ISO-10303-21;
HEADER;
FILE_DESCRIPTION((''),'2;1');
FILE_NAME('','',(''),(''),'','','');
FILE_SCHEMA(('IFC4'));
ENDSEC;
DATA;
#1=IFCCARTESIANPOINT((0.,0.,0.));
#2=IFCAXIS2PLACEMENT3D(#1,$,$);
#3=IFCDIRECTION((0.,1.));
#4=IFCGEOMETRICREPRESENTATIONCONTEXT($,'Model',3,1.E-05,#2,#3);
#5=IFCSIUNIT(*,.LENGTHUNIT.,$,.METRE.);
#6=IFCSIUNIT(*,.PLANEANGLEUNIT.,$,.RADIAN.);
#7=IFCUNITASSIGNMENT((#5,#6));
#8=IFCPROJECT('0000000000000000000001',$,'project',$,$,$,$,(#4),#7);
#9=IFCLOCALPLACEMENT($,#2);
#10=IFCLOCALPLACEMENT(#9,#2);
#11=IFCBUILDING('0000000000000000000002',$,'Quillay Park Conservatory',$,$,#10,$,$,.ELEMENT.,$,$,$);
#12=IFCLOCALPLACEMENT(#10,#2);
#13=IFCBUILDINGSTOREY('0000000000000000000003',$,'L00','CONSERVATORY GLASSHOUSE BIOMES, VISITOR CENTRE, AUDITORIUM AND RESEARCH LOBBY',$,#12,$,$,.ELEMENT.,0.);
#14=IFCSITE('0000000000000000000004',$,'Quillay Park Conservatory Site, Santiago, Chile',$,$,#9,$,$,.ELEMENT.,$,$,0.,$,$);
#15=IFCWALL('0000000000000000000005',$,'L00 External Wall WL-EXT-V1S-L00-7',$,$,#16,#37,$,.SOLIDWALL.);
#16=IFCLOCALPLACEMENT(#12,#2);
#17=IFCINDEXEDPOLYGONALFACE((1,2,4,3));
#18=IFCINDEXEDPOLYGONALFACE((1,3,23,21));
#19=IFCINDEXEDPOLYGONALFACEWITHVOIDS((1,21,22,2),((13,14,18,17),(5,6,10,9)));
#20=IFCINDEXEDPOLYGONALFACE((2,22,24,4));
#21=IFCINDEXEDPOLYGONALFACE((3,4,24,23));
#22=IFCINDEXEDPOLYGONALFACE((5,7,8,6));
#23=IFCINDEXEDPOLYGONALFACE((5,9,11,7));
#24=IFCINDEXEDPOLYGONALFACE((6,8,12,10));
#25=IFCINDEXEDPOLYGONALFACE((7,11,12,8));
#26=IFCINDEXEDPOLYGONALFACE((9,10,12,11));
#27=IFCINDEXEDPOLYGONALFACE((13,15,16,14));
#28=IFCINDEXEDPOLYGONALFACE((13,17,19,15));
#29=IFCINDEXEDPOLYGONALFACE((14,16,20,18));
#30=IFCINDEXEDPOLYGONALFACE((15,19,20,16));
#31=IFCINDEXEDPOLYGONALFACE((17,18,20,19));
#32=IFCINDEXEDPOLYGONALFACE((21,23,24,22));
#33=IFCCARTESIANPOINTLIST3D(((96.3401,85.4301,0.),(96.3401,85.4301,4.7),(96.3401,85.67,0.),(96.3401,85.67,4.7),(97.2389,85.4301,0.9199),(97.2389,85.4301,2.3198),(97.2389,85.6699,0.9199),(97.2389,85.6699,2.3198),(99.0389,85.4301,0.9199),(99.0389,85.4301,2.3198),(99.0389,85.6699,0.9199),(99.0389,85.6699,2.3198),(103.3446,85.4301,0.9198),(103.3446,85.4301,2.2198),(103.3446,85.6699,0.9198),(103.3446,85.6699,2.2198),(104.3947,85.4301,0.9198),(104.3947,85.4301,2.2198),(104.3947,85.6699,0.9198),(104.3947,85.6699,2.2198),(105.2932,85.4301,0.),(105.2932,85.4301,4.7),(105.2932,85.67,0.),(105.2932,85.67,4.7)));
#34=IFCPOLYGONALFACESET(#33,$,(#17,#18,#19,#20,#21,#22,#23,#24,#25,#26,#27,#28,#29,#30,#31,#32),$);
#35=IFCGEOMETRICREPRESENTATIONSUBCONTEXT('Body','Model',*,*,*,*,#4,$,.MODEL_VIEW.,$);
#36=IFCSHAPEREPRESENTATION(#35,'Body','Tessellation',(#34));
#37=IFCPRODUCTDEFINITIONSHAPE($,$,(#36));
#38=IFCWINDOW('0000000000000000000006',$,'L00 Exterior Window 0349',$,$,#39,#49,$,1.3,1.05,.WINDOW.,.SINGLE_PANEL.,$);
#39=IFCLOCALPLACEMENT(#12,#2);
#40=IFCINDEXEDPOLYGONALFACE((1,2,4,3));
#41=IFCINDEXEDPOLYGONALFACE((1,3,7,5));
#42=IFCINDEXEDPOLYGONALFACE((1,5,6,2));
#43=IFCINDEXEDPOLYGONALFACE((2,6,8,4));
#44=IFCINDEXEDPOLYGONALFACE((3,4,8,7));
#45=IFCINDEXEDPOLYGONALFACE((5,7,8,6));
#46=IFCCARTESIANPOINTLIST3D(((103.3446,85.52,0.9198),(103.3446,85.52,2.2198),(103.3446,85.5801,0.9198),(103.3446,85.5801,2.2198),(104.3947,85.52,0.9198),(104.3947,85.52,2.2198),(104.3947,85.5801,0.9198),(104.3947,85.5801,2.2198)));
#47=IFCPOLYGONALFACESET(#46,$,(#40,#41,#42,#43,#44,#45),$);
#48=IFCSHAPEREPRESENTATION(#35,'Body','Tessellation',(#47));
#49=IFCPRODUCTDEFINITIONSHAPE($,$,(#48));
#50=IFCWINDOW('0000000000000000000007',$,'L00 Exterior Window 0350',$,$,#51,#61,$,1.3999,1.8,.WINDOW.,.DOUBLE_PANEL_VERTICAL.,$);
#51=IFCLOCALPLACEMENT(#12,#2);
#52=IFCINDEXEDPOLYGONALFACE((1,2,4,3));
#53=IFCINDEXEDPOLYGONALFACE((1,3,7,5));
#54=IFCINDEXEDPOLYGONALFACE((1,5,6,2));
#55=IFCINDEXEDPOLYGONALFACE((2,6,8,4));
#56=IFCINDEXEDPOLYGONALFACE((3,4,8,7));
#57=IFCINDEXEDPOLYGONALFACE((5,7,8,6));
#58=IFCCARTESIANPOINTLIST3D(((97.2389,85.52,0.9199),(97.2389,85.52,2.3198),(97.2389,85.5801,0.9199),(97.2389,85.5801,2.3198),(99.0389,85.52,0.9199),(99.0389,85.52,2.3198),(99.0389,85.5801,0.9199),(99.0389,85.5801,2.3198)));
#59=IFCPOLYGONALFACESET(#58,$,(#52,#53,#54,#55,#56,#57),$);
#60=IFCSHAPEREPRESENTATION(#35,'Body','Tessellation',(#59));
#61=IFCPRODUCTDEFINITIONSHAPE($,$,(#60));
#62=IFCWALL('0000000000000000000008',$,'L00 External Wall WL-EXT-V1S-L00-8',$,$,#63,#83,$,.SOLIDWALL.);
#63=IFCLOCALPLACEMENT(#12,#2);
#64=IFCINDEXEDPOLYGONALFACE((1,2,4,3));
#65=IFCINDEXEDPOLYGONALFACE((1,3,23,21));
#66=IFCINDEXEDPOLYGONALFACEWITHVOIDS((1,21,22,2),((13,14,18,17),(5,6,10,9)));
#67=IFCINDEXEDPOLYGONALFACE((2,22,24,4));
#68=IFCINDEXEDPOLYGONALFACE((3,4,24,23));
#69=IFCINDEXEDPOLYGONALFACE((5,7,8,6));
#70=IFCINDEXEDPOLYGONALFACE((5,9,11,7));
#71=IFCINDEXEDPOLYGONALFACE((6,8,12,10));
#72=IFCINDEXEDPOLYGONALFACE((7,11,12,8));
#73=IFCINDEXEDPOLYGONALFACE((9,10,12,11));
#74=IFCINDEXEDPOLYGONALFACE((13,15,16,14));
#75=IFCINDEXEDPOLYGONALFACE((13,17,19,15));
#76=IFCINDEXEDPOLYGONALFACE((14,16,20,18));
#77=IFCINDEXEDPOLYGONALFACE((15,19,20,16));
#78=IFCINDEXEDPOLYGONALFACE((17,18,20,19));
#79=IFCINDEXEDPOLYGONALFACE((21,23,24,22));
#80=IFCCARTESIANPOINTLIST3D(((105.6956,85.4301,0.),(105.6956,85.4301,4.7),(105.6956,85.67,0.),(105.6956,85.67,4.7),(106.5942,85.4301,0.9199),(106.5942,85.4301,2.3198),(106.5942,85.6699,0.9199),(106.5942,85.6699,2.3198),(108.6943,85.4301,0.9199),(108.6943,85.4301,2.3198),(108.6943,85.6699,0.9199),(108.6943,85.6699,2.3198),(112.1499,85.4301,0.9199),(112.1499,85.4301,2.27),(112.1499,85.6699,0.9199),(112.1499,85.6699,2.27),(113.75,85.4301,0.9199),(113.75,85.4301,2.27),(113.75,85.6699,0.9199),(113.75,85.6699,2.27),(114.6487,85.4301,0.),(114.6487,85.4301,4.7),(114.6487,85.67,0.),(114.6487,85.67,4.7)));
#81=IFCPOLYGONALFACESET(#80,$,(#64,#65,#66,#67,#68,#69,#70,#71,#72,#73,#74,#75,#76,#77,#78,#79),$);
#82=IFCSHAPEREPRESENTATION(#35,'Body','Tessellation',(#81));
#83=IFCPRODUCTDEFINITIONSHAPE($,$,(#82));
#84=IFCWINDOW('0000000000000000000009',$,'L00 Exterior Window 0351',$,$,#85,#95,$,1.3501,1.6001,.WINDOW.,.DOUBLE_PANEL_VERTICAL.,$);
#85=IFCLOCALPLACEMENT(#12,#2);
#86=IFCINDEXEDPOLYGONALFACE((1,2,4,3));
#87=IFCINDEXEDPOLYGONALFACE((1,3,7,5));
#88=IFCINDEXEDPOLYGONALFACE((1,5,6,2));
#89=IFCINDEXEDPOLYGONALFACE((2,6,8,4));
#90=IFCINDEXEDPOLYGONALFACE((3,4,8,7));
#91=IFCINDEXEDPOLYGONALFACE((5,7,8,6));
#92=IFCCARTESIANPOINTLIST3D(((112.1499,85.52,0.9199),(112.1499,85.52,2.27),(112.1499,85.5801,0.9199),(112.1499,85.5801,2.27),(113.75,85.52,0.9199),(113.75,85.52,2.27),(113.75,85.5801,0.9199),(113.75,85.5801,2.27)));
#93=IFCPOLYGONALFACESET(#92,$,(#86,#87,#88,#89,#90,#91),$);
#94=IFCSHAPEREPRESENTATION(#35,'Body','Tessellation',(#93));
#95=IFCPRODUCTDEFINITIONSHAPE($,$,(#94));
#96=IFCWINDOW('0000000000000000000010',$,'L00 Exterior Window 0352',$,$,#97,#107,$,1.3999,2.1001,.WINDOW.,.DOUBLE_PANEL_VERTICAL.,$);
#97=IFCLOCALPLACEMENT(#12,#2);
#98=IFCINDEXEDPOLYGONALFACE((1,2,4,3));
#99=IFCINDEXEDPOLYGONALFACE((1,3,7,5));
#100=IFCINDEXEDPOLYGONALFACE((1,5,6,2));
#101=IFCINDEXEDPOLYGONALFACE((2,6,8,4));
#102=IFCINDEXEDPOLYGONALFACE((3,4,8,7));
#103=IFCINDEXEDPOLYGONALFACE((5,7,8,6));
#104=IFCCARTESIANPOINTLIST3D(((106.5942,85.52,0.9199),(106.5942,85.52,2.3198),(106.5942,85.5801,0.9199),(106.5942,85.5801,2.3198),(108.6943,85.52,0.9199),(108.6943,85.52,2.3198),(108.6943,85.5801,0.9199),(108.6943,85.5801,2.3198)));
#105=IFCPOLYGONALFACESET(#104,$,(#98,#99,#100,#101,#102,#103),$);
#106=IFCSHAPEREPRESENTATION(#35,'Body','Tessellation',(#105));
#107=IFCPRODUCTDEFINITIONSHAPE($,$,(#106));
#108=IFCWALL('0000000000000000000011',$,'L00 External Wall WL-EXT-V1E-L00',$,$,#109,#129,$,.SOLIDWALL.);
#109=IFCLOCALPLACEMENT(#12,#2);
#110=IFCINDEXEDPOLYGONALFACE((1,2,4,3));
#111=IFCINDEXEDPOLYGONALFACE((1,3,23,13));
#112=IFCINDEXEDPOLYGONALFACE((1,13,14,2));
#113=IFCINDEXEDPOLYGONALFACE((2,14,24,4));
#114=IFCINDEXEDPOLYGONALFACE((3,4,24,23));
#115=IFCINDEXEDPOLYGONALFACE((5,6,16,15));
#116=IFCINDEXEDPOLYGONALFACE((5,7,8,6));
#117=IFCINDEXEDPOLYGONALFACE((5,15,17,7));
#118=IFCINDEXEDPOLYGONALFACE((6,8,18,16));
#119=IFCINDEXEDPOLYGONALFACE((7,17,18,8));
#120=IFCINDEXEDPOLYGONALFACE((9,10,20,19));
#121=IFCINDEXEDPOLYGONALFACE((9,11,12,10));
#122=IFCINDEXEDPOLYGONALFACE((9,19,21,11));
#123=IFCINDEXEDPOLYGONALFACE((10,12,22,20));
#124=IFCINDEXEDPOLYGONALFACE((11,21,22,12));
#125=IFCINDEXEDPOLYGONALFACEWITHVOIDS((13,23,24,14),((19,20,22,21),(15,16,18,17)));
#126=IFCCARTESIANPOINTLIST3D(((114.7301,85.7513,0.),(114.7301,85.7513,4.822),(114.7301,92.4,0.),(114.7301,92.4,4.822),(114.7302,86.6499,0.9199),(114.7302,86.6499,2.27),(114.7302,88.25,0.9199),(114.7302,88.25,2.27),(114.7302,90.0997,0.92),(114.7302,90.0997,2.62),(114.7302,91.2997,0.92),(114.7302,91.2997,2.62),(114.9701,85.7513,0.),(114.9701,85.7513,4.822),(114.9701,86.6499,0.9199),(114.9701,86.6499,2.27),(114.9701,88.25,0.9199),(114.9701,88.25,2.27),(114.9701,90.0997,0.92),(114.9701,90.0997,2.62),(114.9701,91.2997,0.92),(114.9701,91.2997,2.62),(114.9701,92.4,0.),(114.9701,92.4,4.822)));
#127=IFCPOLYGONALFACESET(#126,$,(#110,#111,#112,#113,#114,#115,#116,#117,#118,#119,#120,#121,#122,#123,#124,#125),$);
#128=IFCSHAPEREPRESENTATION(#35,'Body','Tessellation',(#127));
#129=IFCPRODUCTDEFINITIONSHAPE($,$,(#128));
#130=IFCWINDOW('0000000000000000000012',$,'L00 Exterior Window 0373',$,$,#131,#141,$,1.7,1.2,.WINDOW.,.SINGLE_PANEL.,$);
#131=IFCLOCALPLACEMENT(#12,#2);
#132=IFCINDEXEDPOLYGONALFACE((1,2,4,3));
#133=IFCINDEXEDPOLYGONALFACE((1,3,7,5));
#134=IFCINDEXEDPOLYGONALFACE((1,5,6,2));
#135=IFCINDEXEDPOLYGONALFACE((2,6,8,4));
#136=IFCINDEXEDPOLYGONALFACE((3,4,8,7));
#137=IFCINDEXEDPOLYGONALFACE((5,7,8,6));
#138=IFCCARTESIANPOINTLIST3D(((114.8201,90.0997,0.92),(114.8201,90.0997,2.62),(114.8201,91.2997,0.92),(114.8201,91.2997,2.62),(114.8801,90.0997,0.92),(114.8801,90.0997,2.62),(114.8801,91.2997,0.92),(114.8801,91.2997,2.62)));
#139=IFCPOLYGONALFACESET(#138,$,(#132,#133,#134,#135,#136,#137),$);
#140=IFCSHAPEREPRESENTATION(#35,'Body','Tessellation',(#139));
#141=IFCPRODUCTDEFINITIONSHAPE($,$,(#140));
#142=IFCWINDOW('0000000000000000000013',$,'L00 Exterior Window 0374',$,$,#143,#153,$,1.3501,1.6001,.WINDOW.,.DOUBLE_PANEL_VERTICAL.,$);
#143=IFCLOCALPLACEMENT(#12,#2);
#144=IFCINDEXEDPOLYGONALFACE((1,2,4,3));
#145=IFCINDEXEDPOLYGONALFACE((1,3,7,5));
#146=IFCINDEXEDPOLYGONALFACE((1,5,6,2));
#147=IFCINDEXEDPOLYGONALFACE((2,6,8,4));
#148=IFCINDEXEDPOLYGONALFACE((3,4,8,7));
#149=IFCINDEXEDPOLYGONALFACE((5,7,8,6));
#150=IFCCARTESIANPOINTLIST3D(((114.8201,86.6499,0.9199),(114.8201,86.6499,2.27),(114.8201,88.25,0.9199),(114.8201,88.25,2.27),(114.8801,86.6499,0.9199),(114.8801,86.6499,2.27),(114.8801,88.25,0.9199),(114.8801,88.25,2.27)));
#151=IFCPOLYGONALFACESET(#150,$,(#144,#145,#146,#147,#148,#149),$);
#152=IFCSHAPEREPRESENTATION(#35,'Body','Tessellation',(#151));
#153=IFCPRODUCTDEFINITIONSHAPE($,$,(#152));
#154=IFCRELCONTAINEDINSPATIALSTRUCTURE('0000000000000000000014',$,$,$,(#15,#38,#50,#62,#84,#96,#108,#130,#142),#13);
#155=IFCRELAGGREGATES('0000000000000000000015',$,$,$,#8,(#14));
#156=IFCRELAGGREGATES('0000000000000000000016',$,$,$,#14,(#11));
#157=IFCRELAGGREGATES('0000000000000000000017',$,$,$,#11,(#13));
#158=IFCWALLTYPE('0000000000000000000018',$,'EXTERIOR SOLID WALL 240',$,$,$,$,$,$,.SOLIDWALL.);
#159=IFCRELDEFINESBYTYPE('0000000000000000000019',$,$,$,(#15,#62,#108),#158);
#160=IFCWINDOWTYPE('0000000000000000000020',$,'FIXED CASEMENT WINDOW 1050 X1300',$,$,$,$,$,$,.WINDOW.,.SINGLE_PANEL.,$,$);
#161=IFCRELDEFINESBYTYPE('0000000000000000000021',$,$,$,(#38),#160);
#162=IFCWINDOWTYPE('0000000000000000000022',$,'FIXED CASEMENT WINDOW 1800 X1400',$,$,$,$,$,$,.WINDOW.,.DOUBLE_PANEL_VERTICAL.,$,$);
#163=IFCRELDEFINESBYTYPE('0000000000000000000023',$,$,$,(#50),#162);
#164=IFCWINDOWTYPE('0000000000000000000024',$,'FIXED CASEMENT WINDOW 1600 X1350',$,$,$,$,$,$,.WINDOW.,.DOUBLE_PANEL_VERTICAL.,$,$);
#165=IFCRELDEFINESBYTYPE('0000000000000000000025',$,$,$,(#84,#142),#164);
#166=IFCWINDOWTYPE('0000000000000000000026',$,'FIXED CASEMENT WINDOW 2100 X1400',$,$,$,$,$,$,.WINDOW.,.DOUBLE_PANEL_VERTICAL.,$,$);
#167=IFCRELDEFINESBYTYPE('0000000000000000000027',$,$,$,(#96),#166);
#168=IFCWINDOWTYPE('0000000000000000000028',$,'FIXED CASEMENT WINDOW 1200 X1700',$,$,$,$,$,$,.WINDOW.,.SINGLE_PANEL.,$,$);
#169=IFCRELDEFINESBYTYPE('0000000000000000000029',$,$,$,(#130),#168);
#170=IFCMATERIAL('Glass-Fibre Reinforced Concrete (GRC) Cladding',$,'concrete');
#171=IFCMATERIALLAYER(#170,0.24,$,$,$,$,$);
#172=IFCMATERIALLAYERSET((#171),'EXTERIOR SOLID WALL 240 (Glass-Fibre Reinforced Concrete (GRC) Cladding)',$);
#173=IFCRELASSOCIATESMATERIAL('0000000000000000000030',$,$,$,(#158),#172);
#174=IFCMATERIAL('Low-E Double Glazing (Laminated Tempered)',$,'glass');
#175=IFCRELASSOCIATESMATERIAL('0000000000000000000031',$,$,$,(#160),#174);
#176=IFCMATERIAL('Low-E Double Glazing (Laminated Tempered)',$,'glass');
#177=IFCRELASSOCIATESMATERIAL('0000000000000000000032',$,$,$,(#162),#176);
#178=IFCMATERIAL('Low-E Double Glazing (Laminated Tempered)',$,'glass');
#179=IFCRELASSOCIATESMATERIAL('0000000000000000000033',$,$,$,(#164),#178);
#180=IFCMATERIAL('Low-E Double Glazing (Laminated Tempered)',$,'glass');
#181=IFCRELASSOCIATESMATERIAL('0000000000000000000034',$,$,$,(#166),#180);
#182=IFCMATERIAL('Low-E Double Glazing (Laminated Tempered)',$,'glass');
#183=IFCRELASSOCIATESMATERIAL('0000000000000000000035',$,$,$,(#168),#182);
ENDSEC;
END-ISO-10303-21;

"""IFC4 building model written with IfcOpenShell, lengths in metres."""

from ifc_helpers import new_model, si_unit, direction, frame, frame_2d, origin, place, context, subcontext, project, spatial, rectangle, extrude, material, layer, layer_set, type_object, element, fill, save


model = new_model("IFC4")

# Units and contexts
model_context = context("Model", 3, precision=1e-05, world=origin(), true_north=direction((0.0, 1.0)))
body_context = subcontext(model_context, "Body", "Model", "MODEL_VIEW")
ifc_project = project(units=[si_unit("LENGTHUNIT", "METRE"), si_unit("PLANEANGLEUNIT", "RADIAN")], contexts=[model_context])

# Site, building, storey
site_placement = place(None, origin())
site = spatial("IfcSite", under=ifc_project, at=site_placement, Name="Quillay Park Conservatory Site, Santiago, Chile", CompositionType="ELEMENT", RefElevation=0.0)
building_placement = place(site_placement, origin())
building = spatial("IfcBuilding", under=site, at=building_placement, Name="Quillay Park Conservatory", CompositionType="ELEMENT")
storey_placement = place(building_placement, origin())
storey = spatial("IfcBuildingStorey", under=building, at=storey_placement, Name="L00", Description="CONSERVATORY GLASSHOUSE BIOMES, VISITOR CENTRE, AUDITORIUM AND RESEARCH LOBBY", CompositionType="ELEMENT", Elevation=0.0)

# Walls, openings, windows
ifc_material_1 = material(Name="Glass-Fibre Reinforced Concrete (GRC) Cladding", Category="concrete")
ifc_layer_1 = layer(ifc_material_1, 0.24)
ifc_layer_set_1 = layer_set([ifc_layer_1], Name="EXTERIOR SOLID WALL 240 (Glass-Fibre Reinforced Concrete (GRC) Cladding)")
wall_type = type_object("IfcWallType", Name="EXTERIOR SOLID WALL 240", PredefinedType="SOLIDWALL", material=ifc_layer_set_1)
wall_1_placement = place(storey_placement, frame((105.2932, 85.55, 0.0), z_axis=(0.0, 0.0, 1.0), x_axis=(-1.0, 0.0, 0.0)))
wall_1 = element("IfcWall", 1, at=wall_1_placement, inside=storey, type_object=wall_type, Name="L00 External Wall WL-EXT-V1S-L00-7", PredefinedType="SOLIDWALL", context=body_context, shape_type="SweptSolid", body=[
    extrude(rectangle(XDim=8.9531, YDim=0.24, at=frame_2d((4.4766, 0.0))), origin(), (0.0, 0.0, 1.0), 4.7),
])
opening_1_placement = place(wall_1_placement, frame((0.8987, 0.0, 0.9199)))
opening_1 = element("IfcOpeningElement", 2, at=opening_1_placement, cuts=wall_1, PredefinedType="OPENING", context=body_context, shape_type="SweptSolid", body=[
    extrude(rectangle(XDim=1.05, YDim=1.3, at=frame_2d((0.5249, 0.6499))), frame((0.0, 0.1201, 0.0), z_axis=(0.0, -1.0, 0.0), x_axis=(1.0, 0.0, 0.0)), (0.0, 0.0, 1.0), 0.24),
])
opening_2_placement = place(wall_1_placement, frame((6.2544, 0.0, 0.9199)))
opening_2 = element("IfcOpeningElement", 3, at=opening_2_placement, cuts=wall_1, PredefinedType="OPENING", context=body_context, shape_type="SweptSolid", body=[
    extrude(rectangle(XDim=1.8, YDim=1.3999, at=frame_2d((0.8999, 0.7))), frame((0.0, 0.1201, 0.0), z_axis=(0.0, -1.0, 0.0), x_axis=(1.0, 0.0, 0.0)), (0.0, 0.0, 1.0), 0.24),
])
ifc_material_2 = material(Name="Low-E Double Glazing (Laminated Tempered)", Category="glass")
window_type_1 = type_object("IfcWindowType", Name="FIXED CASEMENT WINDOW 1050 X1300", PartitioningType="SINGLE_PANEL", PredefinedType="WINDOW", material=ifc_material_2)
window_1_placement = place(opening_1_placement, origin())
window_1 = element("IfcWindow", 4, at=window_1_placement, inside=storey, type_object=window_type_1, Name="L00 Exterior Window 0349", OverallHeight=1.3, OverallWidth=1.05, PartitioningType="SINGLE_PANEL", PredefinedType="WINDOW", context=body_context, shape_type="SweptSolid", body=[
    extrude(rectangle(XDim=1.05, YDim=1.3, at=frame_2d((0.5249, 0.6499))), frame((0.0, 0.03, 0.0), z_axis=(0.0, -1.0, 0.0), x_axis=(1.0, 0.0, 0.0)), (0.0, 0.0, 1.0), 0.0601),
])
fill(opening_1, window_1)
ifc_material_3 = material(Name="Low-E Double Glazing (Laminated Tempered)", Category="glass")
window_type_2 = type_object("IfcWindowType", Name="FIXED CASEMENT WINDOW 1800 X1400", PartitioningType="DOUBLE_PANEL_VERTICAL", PredefinedType="WINDOW", material=ifc_material_3)
window_2_placement = place(opening_2_placement, origin())
window_2 = element("IfcWindow", 5, at=window_2_placement, inside=storey, type_object=window_type_2, Name="L00 Exterior Window 0350", OverallHeight=1.3999, OverallWidth=1.8, PartitioningType="DOUBLE_PANEL_VERTICAL", PredefinedType="WINDOW", context=body_context, shape_type="SweptSolid", body=[
    extrude(rectangle(XDim=1.8, YDim=1.3999, at=frame_2d((0.8999, 0.7))), frame((0.0, 0.03, 0.0), z_axis=(0.0, -1.0, 0.0), x_axis=(1.0, 0.0, 0.0)), (0.0, 0.0, 1.0), 0.0601),
])
fill(opening_2, window_2)
wall_2_placement = place(storey_placement, frame((114.6487, 85.55, 0.0), z_axis=(0.0, 0.0, 1.0), x_axis=(-1.0, 0.0, 0.0)))
wall_2 = element("IfcWall", 6, at=wall_2_placement, inside=storey, type_object=wall_type, Name="L00 External Wall WL-EXT-V1S-L00-8", PredefinedType="SOLIDWALL", context=body_context, shape_type="SweptSolid", body=[
    extrude(rectangle(XDim=8.9531, YDim=0.24, at=frame_2d((4.4766, 0.0))), origin(), (0.0, 0.0, 1.0), 4.7),
])
opening_3_placement = place(wall_2_placement, frame((0.8987, 0.0, 0.9199)))
opening_3 = element("IfcOpeningElement", 7, at=opening_3_placement, cuts=wall_2, PredefinedType="OPENING", context=body_context, shape_type="SweptSolid", body=[
    extrude(rectangle(XDim=1.6001, YDim=1.3501, at=frame_2d((0.8, 0.675))), frame((0.0, 0.1201, 0.0), z_axis=(0.0, -1.0, 0.0), x_axis=(1.0, 0.0, 0.0)), (0.0, 0.0, 1.0), 0.24),
])
opening_4_placement = place(wall_2_placement, frame((5.9543, 0.0, 0.9199)))
opening_4 = element("IfcOpeningElement", 8, at=opening_4_placement, cuts=wall_2, PredefinedType="OPENING", context=body_context, shape_type="SweptSolid", body=[
    extrude(rectangle(XDim=2.1001, YDim=1.3999, at=frame_2d((1.05, 0.7))), frame((0.0, 0.1201, 0.0), z_axis=(0.0, -1.0, 0.0), x_axis=(1.0, 0.0, 0.0)), (0.0, 0.0, 1.0), 0.24),
])
ifc_material_4 = material(Name="Low-E Double Glazing (Laminated Tempered)", Category="glass")
window_type_3 = type_object("IfcWindowType", Name="FIXED CASEMENT WINDOW 1600 X1350", PartitioningType="DOUBLE_PANEL_VERTICAL", PredefinedType="WINDOW", material=ifc_material_4)
window_3_placement = place(opening_3_placement, origin())
window_3 = element("IfcWindow", 9, at=window_3_placement, inside=storey, type_object=window_type_3, Name="L00 Exterior Window 0351", OverallHeight=1.3501, OverallWidth=1.6001, PartitioningType="DOUBLE_PANEL_VERTICAL", PredefinedType="WINDOW", context=body_context, shape_type="SweptSolid", body=[
    extrude(rectangle(XDim=1.6001, YDim=1.3501, at=frame_2d((0.8, 0.675))), frame((0.0, 0.03, 0.0), z_axis=(0.0, -1.0, 0.0), x_axis=(1.0, 0.0, 0.0)), (0.0, 0.0, 1.0), 0.0601),
])
fill(opening_3, window_3)
ifc_material_5 = material(Name="Low-E Double Glazing (Laminated Tempered)", Category="glass")
window_type_4 = type_object("IfcWindowType", Name="FIXED CASEMENT WINDOW 2100 X1400", PartitioningType="DOUBLE_PANEL_VERTICAL", PredefinedType="WINDOW", material=ifc_material_5)
window_4_placement = place(opening_4_placement, origin())
window_4 = element("IfcWindow", 10, at=window_4_placement, inside=storey, type_object=window_type_4, Name="L00 Exterior Window 0352", OverallHeight=1.3999, OverallWidth=2.1001, PartitioningType="DOUBLE_PANEL_VERTICAL", PredefinedType="WINDOW", context=body_context, shape_type="SweptSolid", body=[
    extrude(rectangle(XDim=2.1001, YDim=1.3999, at=frame_2d((1.05, 0.7))), frame((0.0, 0.03, 0.0), z_axis=(0.0, -1.0, 0.0), x_axis=(1.0, 0.0, 0.0)), (0.0, 0.0, 1.0), 0.0601),
])
fill(opening_4, window_4)
wall_3_placement = place(storey_placement, frame((114.8501, 92.3999, 0.0), z_axis=(0.0, 0.0, 1.0), x_axis=(0.0, -1.0, 0.0)))
wall_3 = element("IfcWall", 11, at=wall_3_placement, inside=storey, type_object=wall_type, Name="L00 External Wall WL-EXT-V1E-L00", PredefinedType="SOLIDWALL", context=body_context, shape_type="SweptSolid", body=[
    extrude(rectangle(XDim=6.6487, YDim=0.24, at=frame_2d((3.3242, 0.0))), origin(), (0.0, 0.0, 1.0), 4.822),
])
opening_5_placement = place(wall_3_placement, frame((1.1001, 0.0, 0.9199)))
opening_5 = element("IfcOpeningElement", 12, at=opening_5_placement, cuts=wall_3, PredefinedType="OPENING", context=body_context, shape_type="SweptSolid", body=[
    extrude(rectangle(XDim=1.2, YDim=1.7, at=frame_2d((0.6001, 0.8501))), frame((0.0, 0.1201, 0.0), z_axis=(0.0, -1.0, 0.0), x_axis=(1.0, 0.0, 0.0)), (0.0, 0.0, 1.0), 0.24),
])
opening_6_placement = place(wall_3_placement, frame((4.1499, 0.0, 0.9199)))
opening_6 = element("IfcOpeningElement", 13, at=opening_6_placement, cuts=wall_3, PredefinedType="OPENING", context=body_context, shape_type="SweptSolid", body=[
    extrude(rectangle(XDim=1.6001, YDim=1.3501, at=frame_2d((0.8, 0.675))), frame((0.0, 0.1201, 0.0), z_axis=(0.0, -1.0, 0.0), x_axis=(1.0, 0.0, 0.0)), (0.0, 0.0, 1.0), 0.24),
])
ifc_material_6 = material(Name="Low-E Double Glazing (Laminated Tempered)", Category="glass")
window_type_5 = type_object("IfcWindowType", Name="FIXED CASEMENT WINDOW 1200 X1700", PartitioningType="SINGLE_PANEL", PredefinedType="WINDOW", material=ifc_material_6)
window_5_placement = place(opening_5_placement, origin())
window_5 = element("IfcWindow", 14, at=window_5_placement, inside=storey, type_object=window_type_5, Name="L00 Exterior Window 0373", OverallHeight=1.7, OverallWidth=1.2, PartitioningType="SINGLE_PANEL", PredefinedType="WINDOW", context=body_context, shape_type="SweptSolid", body=[
    extrude(rectangle(XDim=1.2, YDim=1.7, at=frame_2d((0.6001, 0.8501))), frame((0.0, 0.03, 0.0), z_axis=(0.0, -1.0, 0.0), x_axis=(1.0, 0.0, 0.0)), (0.0, 0.0, 1.0), 0.0601),
])
fill(opening_5, window_5)
window_6_placement = place(opening_6_placement, origin())
window_6 = element("IfcWindow", 15, at=window_6_placement, inside=storey, type_object=window_type_3, Name="L00 Exterior Window 0374", OverallHeight=1.3501, OverallWidth=1.6001, PartitioningType="DOUBLE_PANEL_VERTICAL", PredefinedType="WINDOW", context=body_context, shape_type="SweptSolid", body=[
    extrude(rectangle(XDim=1.6001, YDim=1.3501, at=frame_2d((0.8, 0.675))), frame((0.0, 0.03, 0.0), z_axis=(0.0, -1.0, 0.0), x_axis=(1.0, 0.0, 0.0)), (0.0, 0.0, 1.0), 0.0601),
])
fill(opening_6, window_6)

save(model, "model.ifc")
